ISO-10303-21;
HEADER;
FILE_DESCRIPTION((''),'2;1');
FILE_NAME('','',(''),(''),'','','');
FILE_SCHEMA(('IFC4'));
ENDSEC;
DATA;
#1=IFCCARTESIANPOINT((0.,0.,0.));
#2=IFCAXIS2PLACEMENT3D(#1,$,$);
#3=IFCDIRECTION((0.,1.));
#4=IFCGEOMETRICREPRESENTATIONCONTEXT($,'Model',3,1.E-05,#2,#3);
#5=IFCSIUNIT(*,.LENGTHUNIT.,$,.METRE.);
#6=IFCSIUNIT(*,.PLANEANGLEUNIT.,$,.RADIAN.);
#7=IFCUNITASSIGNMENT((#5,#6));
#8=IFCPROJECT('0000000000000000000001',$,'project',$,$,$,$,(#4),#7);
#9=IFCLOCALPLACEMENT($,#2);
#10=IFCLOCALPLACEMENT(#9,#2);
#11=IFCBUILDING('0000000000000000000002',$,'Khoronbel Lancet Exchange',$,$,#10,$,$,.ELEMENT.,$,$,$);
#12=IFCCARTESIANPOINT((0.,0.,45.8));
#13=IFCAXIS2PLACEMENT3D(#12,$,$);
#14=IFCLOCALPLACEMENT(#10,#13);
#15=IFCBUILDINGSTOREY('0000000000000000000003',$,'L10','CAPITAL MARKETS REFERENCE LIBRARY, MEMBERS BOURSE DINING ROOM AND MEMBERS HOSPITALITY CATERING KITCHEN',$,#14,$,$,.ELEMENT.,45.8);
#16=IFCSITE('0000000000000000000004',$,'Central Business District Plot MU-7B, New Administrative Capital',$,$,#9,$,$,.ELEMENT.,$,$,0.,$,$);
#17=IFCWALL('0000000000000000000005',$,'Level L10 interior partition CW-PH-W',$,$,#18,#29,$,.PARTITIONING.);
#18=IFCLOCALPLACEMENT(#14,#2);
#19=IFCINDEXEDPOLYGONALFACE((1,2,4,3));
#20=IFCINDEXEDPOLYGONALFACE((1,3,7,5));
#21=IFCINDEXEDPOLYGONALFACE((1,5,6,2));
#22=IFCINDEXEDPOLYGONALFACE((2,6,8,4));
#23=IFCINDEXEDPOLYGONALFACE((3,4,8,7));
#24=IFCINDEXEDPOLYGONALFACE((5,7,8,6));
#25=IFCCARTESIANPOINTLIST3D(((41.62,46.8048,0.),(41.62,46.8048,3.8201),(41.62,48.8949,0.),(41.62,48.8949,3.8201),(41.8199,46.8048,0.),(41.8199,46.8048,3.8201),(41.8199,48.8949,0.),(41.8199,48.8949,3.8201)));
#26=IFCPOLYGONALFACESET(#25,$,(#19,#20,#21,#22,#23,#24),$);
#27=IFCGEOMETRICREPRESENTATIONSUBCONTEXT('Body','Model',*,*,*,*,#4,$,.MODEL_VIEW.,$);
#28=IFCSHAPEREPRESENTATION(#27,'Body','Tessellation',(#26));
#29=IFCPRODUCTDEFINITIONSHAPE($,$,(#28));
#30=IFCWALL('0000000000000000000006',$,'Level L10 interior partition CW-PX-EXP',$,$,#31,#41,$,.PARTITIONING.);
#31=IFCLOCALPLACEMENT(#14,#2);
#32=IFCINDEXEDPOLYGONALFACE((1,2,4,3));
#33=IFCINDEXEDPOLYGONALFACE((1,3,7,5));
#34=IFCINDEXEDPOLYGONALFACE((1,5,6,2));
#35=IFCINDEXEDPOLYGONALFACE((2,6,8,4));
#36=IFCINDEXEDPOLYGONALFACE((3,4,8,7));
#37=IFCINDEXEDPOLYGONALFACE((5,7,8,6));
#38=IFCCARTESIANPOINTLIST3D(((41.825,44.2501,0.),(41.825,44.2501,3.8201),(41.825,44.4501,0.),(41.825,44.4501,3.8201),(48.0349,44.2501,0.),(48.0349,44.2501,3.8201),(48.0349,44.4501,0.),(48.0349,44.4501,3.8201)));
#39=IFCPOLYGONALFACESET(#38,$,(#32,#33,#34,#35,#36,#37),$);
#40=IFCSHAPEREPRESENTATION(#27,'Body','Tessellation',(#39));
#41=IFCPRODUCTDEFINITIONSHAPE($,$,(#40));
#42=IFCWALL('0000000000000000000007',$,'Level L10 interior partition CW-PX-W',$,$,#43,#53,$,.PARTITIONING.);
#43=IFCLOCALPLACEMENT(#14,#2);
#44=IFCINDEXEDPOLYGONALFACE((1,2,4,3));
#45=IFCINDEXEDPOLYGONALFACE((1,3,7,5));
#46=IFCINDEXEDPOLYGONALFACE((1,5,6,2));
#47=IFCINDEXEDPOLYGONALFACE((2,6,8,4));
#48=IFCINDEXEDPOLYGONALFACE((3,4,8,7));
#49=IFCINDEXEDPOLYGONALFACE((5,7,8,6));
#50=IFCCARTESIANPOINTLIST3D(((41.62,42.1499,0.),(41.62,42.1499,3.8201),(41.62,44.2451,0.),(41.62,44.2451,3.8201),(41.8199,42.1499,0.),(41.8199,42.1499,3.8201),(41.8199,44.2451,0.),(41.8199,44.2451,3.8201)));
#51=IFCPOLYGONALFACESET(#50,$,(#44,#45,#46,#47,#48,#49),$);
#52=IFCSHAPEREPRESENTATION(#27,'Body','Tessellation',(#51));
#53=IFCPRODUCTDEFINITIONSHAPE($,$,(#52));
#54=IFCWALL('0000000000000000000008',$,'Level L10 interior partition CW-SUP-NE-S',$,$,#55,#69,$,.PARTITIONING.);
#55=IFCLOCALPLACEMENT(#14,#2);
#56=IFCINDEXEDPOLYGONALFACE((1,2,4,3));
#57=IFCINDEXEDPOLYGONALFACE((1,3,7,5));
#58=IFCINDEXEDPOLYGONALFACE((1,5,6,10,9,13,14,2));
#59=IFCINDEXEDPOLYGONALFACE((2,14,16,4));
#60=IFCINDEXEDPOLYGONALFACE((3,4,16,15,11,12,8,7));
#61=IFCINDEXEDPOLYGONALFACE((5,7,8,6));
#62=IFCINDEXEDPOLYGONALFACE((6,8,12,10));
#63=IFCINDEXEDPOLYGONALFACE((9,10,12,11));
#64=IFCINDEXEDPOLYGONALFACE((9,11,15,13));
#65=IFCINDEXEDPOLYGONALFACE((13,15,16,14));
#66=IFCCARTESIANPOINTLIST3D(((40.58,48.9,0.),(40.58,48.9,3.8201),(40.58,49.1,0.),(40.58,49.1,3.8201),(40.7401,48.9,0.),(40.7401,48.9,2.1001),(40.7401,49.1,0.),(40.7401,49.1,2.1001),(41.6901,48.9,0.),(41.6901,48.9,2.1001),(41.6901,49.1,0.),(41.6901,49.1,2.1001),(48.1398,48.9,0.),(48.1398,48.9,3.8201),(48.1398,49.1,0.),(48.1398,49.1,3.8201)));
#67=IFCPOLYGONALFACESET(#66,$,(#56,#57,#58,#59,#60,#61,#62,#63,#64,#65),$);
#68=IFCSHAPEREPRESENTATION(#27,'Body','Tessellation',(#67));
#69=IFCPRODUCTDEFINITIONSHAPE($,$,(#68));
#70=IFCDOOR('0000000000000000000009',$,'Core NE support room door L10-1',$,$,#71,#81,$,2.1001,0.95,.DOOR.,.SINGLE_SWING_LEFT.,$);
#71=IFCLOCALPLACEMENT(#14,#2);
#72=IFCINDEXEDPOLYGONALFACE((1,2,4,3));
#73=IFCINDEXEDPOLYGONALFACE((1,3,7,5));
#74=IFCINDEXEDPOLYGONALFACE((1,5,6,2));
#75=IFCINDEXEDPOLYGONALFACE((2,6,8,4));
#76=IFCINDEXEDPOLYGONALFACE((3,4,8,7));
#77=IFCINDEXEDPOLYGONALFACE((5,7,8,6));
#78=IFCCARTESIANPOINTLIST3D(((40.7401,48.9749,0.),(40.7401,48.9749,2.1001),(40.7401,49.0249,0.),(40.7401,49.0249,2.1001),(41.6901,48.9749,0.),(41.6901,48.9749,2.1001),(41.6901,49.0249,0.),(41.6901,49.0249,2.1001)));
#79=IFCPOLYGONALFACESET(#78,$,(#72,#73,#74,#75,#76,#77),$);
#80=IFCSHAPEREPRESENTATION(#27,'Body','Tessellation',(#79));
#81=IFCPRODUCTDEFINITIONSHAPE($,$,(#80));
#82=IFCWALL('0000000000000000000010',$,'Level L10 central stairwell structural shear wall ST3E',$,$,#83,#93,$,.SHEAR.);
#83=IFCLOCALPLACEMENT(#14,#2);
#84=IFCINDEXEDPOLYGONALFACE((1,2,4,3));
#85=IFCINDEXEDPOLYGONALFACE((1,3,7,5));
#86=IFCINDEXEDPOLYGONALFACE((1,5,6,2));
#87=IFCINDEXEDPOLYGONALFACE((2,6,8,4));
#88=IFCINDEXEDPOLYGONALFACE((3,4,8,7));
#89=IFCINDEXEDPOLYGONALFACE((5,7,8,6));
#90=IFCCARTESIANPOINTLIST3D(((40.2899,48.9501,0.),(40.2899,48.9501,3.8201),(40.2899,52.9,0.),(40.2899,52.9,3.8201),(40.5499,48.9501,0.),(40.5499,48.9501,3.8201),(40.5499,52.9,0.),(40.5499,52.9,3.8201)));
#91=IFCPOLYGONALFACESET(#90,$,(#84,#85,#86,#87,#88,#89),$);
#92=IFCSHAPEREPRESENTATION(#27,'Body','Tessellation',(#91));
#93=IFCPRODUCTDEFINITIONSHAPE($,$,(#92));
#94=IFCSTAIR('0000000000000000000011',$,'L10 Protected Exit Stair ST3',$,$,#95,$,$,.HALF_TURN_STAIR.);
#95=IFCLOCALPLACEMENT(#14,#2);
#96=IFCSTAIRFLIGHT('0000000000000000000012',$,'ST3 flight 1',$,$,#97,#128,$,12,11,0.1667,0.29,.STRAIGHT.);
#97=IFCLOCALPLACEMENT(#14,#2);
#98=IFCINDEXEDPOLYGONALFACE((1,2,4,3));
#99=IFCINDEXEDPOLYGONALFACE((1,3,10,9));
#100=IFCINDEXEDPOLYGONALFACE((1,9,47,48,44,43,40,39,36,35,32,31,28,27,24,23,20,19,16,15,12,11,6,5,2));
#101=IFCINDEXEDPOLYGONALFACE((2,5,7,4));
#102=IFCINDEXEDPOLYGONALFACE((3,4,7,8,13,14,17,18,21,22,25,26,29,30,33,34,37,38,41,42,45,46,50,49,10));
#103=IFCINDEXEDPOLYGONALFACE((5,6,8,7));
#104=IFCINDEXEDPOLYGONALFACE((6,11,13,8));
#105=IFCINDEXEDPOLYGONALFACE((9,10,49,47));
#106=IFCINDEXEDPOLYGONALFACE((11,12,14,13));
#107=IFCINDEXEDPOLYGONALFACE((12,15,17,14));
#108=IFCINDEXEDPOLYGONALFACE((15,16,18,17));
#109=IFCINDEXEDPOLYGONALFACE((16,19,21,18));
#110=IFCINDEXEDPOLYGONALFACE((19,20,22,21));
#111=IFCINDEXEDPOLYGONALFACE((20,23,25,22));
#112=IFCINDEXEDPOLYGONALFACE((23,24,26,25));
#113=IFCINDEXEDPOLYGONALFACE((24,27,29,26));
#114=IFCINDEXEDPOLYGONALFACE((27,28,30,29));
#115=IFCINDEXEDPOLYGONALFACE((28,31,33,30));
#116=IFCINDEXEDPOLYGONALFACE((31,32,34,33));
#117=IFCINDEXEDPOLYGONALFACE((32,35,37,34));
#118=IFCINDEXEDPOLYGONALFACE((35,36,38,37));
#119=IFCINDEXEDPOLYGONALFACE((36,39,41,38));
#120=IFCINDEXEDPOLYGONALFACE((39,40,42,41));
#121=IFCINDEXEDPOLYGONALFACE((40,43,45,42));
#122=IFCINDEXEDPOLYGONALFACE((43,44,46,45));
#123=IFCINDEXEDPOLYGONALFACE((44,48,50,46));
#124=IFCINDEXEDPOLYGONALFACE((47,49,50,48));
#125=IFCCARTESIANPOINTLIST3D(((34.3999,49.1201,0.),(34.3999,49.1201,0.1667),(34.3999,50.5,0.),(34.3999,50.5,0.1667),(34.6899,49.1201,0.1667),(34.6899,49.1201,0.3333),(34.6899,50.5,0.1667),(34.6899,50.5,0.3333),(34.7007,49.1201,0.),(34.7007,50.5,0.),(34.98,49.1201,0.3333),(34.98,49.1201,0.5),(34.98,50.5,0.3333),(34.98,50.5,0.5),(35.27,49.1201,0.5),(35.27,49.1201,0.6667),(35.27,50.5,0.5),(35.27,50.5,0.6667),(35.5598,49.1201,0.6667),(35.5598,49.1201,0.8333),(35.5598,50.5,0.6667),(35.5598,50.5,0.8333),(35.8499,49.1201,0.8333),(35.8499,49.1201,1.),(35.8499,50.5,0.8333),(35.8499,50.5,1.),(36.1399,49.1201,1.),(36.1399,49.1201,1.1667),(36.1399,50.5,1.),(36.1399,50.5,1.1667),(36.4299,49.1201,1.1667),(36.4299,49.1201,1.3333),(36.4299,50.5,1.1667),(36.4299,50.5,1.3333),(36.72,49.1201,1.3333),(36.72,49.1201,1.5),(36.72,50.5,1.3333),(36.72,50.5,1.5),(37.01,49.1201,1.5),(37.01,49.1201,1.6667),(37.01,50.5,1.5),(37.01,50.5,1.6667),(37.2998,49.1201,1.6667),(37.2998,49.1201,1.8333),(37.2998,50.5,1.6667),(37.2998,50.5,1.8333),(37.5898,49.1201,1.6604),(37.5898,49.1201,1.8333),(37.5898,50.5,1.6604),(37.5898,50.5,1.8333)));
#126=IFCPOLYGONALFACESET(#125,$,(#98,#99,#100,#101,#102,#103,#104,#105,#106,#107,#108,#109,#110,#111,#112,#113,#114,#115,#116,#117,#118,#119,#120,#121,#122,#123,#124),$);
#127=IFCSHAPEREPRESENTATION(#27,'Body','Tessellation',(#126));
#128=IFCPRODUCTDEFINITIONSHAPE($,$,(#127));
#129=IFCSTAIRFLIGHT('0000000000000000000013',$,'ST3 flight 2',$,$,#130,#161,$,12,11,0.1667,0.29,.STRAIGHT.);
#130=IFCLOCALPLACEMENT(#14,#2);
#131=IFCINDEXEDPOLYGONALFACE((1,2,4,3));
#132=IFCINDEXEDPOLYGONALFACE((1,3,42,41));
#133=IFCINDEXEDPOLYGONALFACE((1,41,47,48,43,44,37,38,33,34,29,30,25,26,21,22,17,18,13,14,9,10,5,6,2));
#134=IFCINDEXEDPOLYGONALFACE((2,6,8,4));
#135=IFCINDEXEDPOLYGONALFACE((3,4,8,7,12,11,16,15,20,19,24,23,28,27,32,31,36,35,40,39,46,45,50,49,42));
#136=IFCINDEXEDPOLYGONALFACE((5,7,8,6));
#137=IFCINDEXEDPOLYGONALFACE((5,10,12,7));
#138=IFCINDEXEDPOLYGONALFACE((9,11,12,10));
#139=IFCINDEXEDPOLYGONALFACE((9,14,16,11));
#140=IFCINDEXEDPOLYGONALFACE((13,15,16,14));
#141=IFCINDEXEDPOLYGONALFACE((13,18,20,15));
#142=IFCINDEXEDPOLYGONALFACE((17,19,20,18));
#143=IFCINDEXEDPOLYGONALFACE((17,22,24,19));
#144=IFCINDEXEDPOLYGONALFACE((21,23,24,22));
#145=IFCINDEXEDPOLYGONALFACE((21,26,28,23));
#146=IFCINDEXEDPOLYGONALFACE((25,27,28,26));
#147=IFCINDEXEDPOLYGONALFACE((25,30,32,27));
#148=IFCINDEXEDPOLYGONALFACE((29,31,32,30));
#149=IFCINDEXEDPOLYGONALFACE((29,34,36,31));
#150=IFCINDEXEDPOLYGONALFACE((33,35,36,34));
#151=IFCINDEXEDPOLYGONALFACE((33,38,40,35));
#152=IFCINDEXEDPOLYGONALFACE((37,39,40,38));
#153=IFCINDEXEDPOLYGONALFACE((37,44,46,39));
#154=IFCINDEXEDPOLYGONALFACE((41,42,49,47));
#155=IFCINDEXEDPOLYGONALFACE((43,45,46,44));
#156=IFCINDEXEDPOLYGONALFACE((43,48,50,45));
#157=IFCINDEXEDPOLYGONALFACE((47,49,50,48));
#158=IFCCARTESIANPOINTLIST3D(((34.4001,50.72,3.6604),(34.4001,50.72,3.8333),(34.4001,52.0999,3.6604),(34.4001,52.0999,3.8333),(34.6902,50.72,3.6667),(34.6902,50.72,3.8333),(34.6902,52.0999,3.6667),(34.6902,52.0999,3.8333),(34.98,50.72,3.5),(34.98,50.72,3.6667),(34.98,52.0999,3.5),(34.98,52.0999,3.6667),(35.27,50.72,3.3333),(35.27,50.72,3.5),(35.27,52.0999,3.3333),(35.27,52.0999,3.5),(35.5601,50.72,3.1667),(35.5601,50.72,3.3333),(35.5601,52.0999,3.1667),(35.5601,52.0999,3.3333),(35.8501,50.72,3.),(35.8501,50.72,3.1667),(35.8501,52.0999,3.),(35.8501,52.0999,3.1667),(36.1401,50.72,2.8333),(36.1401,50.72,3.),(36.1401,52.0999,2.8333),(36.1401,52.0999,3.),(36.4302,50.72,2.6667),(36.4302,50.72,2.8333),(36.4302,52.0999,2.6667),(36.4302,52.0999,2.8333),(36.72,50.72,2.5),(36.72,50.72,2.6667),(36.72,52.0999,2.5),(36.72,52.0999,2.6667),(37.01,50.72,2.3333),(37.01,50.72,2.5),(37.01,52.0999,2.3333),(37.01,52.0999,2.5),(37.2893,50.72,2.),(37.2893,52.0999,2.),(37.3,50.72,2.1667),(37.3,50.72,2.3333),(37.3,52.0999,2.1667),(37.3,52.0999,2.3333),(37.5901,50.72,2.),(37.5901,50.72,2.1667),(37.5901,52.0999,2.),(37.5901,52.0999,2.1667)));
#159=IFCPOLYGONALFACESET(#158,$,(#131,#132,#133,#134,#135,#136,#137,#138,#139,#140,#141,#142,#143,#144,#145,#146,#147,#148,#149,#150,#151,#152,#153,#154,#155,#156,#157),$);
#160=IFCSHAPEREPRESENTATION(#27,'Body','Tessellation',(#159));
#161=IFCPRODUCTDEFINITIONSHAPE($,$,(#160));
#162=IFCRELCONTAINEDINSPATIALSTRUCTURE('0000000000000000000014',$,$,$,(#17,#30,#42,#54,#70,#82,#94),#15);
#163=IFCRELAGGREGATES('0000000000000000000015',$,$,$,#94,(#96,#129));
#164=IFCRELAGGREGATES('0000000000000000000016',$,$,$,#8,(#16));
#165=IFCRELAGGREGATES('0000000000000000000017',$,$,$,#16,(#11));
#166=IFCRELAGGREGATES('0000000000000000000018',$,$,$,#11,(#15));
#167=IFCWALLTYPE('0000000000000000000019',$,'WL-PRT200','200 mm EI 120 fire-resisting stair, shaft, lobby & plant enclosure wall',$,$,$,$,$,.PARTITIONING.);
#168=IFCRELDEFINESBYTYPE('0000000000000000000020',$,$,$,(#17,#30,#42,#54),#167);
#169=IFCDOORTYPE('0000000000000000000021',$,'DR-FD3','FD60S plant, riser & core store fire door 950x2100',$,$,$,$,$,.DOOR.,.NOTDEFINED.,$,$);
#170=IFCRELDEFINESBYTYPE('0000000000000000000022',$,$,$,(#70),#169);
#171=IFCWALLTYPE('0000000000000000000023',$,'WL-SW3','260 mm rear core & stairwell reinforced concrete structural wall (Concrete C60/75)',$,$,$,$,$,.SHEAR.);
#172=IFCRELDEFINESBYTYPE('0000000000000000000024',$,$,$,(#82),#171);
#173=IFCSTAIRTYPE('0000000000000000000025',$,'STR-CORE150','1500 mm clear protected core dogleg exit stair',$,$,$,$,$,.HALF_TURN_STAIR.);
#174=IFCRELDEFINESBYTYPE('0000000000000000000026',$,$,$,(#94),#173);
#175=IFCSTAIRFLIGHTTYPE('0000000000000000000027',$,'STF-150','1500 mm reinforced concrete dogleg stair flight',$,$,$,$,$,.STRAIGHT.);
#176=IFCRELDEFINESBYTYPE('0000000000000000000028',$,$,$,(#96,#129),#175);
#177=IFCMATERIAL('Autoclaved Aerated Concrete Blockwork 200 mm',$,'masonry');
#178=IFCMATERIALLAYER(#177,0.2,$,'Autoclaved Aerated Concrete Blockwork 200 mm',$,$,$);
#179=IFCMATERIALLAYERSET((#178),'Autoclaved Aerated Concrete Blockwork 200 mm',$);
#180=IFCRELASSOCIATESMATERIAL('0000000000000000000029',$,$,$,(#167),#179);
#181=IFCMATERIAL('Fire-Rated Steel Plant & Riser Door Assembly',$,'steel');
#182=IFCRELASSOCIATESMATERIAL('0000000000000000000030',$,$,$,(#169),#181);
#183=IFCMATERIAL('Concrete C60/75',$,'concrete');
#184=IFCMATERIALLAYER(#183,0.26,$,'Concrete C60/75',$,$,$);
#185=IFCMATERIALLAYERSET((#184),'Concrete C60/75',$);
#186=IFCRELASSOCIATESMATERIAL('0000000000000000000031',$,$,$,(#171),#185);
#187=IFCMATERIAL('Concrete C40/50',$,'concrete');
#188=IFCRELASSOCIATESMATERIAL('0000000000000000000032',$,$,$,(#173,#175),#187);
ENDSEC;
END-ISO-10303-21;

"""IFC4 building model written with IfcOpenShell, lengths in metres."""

from ifc_helpers import new_model, si_unit, direction, frame, frame_2d, origin, place, context, subcontext, project, spatial, polyline, rectangle, outline, extrude, material, layer, layer_set, type_object, element, fill, aggregate, save


model = new_model("IFC4")

# Units and contexts
model_context = context("Model", 3, precision=1e-05, world=origin(), true_north=direction((0.0, 1.0)))
body_context = subcontext(model_context, "Body", "Model", "MODEL_VIEW")
ifc_project = project(units=[si_unit("LENGTHUNIT", "METRE"), si_unit("PLANEANGLEUNIT", "RADIAN")], contexts=[model_context])

# Site, building, storey
site_placement = place(None, origin())
site = spatial("IfcSite", under=ifc_project, at=site_placement, Name="Central Business District Plot MU-7B, New Administrative Capital", CompositionType="ELEMENT", RefElevation=0.0)
building_placement = place(site_placement, origin())
building = spatial("IfcBuilding", under=site, at=building_placement, Name="Khoronbel Lancet Exchange", CompositionType="ELEMENT")
storey_placement = place(building_placement, frame((0.0, 0.0, 45.8)))
storey = spatial("IfcBuildingStorey", under=building, at=storey_placement, Name="L10", Description="CAPITAL MARKETS REFERENCE LIBRARY, MEMBERS BOURSE DINING ROOM AND MEMBERS HOSPITALITY CATERING KITCHEN", CompositionType="ELEMENT", Elevation=45.8)

# Walls
ifc_material_1 = material(Name="Autoclaved Aerated Concrete Blockwork 200 mm", Category="masonry")
ifc_layer_1 = layer(ifc_material_1, 0.2, Name="Autoclaved Aerated Concrete Blockwork 200 mm")
ifc_layer_set_1 = layer_set([ifc_layer_1], Name="Autoclaved Aerated Concrete Blockwork 200 mm")
wall_type_1 = type_object("IfcWallType", Name="WL-PRT200", Description="200 mm EI 120 fire-resisting stair, shaft, lobby & plant enclosure wall", PredefinedType="PARTITIONING", material=ifc_layer_set_1)
wall_1_placement = place(storey_placement, frame((41.72, 46.8049, 0.0), z_axis=(0.0, 0.0, 1.0), x_axis=(0.0, 1.0, 0.0)))
element("IfcWall", 1, at=wall_1_placement, inside=storey, type_object=wall_type_1, Name="Level L10 interior partition CW-PH-W", PredefinedType="PARTITIONING", context=body_context, shape_type="SweptSolid", body=[
    extrude(rectangle(XDim=2.0901, YDim=0.2, at=frame_2d((1.0449, 0.0))), origin(), (0.0, 0.0, 1.0), 3.8201),
])
wall_2_placement = place(storey_placement, frame((41.825, 44.3501, 0.0), z_axis=(0.0, 0.0, 1.0), x_axis=(1.0, 0.0, 0.0)))
element("IfcWall", 2, at=wall_2_placement, inside=storey, type_object=wall_type_1, Name="Level L10 interior partition CW-PX-EXP", PredefinedType="PARTITIONING", context=body_context, shape_type="SweptSolid", body=[
    extrude(rectangle(XDim=6.21, YDim=0.2, at=frame_2d((3.105, 0.0))), origin(), (0.0, 0.0, 1.0), 3.8201),
])
wall_3_placement = place(storey_placement, frame((41.72, 42.1499, 0.0), z_axis=(0.0, 0.0, 1.0), x_axis=(0.0, 1.0, 0.0)))
element("IfcWall", 3, at=wall_3_placement, inside=storey, type_object=wall_type_1, Name="Level L10 interior partition CW-PX-W", PredefinedType="PARTITIONING", context=body_context, shape_type="SweptSolid", body=[
    extrude(rectangle(XDim=2.0952, YDim=0.2, at=frame_2d((1.0476, 0.0))), origin(), (0.0, 0.0, 1.0), 3.8201),
])

# Wall, opening, door
wall_4_placement = place(storey_placement, frame((40.5801, 49.0, 0.0), z_axis=(0.0, 0.0, 1.0), x_axis=(1.0, 0.0, 0.0)))
wall_4 = element("IfcWall", 4, at=wall_4_placement, inside=storey, type_object=wall_type_1, Name="Level L10 interior partition CW-SUP-NE-S", PredefinedType="PARTITIONING", context=body_context, shape_type="SweptSolid", body=[
    extrude(rectangle(XDim=7.5598, YDim=0.2, at=frame_2d((3.7798, 0.0))), origin(), (0.0, 0.0, 1.0), 3.8201),
])
opening_1_placement = place(wall_4_placement, frame((0.1599, 0.0, 0.0)))
opening_1 = element("IfcOpeningElement", 5, at=opening_1_placement, cuts=wall_4, PredefinedType="OPENING", context=body_context, shape_type="SweptSolid", body=[
    extrude(rectangle(XDim=0.95, YDim=2.1001, at=frame_2d((0.4751, 1.05))), frame((0.0, 0.1099, 0.0), z_axis=(0.0, -1.0, 0.0), x_axis=(1.0, 0.0, 0.0)), (0.0, 0.0, 1.0), 0.22),
])
ifc_material_2 = material(Name="Fire-Rated Steel Plant & Riser Door Assembly", Category="steel")
door_type_1 = type_object("IfcDoorType", Name="DR-FD3", Description="FD60S plant, riser & core store fire door 950x2100", OperationType="NOTDEFINED", PredefinedType="DOOR", material=ifc_material_2)
door_1_placement = place(opening_1_placement, origin())
door_1 = element("IfcDoor", 6, at=door_1_placement, inside=storey, type_object=door_type_1, Name="Core NE support room door L10-1", OperationType="SINGLE_SWING_LEFT", OverallHeight=2.1001, OverallWidth=0.95, PredefinedType="DOOR", context=body_context, shape_type="SweptSolid", body=[
    extrude(rectangle(XDim=0.95, YDim=2.1001, at=frame_2d((0.4751, 1.05))), frame((0.0, 0.0249, 0.0), z_axis=(0.0, -1.0, 0.0), x_axis=(1.0, 0.0, 0.0)), (0.0, 0.0, 1.0), 0.05),
])
fill(opening_1, door_1)

# Wall
ifc_material_3 = material(Name="Concrete C60/75", Category="concrete")
ifc_layer_2 = layer(ifc_material_3, 0.26, Name="Concrete C60/75")
ifc_layer_set_2 = layer_set([ifc_layer_2], Name="Concrete C60/75")
wall_type_2 = type_object("IfcWallType", Name="WL-SW3", Description="260 mm rear core & stairwell reinforced concrete structural wall (Concrete C60/75)", PredefinedType="SHEAR", material=ifc_layer_set_2)
wall_5_placement = place(storey_placement, frame((40.4199, 48.95, 0.0), z_axis=(0.0, 0.0, 1.0), x_axis=(0.0, 1.0, 0.0)))
element("IfcWall", 7, at=wall_5_placement, inside=storey, type_object=wall_type_2, Name="Level L10 central stairwell structural shear wall ST3E", PredefinedType="SHEAR", context=body_context, shape_type="SweptSolid", body=[
    extrude(rectangle(XDim=3.95, YDim=0.26, at=frame_2d((1.9751, 0.0))), origin(), (0.0, 0.0, 1.0), 3.8201),
])

# Stair, stair flights
ifc_material_4 = material(Name="Concrete C40/50", Category="concrete")
stair_type = type_object("IfcStairType", Name="STR-CORE150", Description="1500 mm clear protected core dogleg exit stair", PredefinedType="HALF_TURN_STAIR", material=ifc_material_4)
stair_placement = place(storey_placement, origin())
stair = element("IfcStair", 8, at=stair_placement, inside=storey, type_object=stair_type, Name="L10 Protected Exit Stair ST3", PredefinedType="HALF_TURN_STAIR")
stair_flight_type = type_object("IfcStairFlightType", Name="STF-150", Description="1500 mm reinforced concrete dogleg stair flight", PredefinedType="STRAIGHT", material=ifc_material_4)
stair_flight_1_placement = place(storey_placement, frame((34.3999, 49.8101, 0.0), z_axis=(0.0, 0.0, 1.0), x_axis=(1.0, 0.0, 0.0)))
stair_flight_1 = element("IfcStairFlight", 9, at=stair_flight_1_placement, type_object=stair_flight_type, Name="ST3 flight 1", NumberOfRisers=12, NumberOfTreads=11, PredefinedType="STRAIGHT", RiserHeight=0.1667, TreadLength=0.29, context=body_context, shape_type="SweptSolid", body=[
    extrude(outline(polyline([(0.0, 0.0), (0.0, 0.1667), (0.29, 0.1667), (0.29, 0.3333), (0.5801, 0.3333), (0.5801, 0.5), (0.8701, 0.5), (0.8701, 0.6667), (1.1599, 0.6667), (1.1599, 0.8333), (1.45, 0.8333), (1.45, 1.0), (1.74, 1.0), (1.74, 1.1667), (2.03, 1.1667), (2.03, 1.3333), (2.3201, 1.3333), (2.3201, 1.5), (2.6101, 1.5), (2.6101, 1.6667), (2.8999, 1.6667), (2.8999, 1.8333), (3.1899, 1.8333), (3.1899, 2.0), (3.1899, 1.6604), (0.3008, 0.0), (0.0, 0.0)])), frame((0.0, 0.6899, 0.0), z_axis=(0.0, -1.0, 0.0), x_axis=(1.0, 0.0, 0.0)), (0.0, 0.0, 1.0), 1.3799),
])
stair_flight_2_placement = place(storey_placement, frame((37.5901, 51.4099, 2.0), z_axis=(0.0, 0.0, 1.0), x_axis=(-1.0, 0.0, 0.0)))
stair_flight_2 = element("IfcStairFlight", 10, at=stair_flight_2_placement, type_object=stair_flight_type, Name="ST3 flight 2", NumberOfRisers=12, NumberOfTreads=11, PredefinedType="STRAIGHT", RiserHeight=0.1667, TreadLength=0.29, context=body_context, shape_type="SweptSolid", body=[
    extrude(outline(polyline([(0.0, 0.0), (0.0, 0.1667), (0.29, 0.1667), (0.29, 0.3333), (0.5801, 0.3333), (0.5801, 0.5), (0.8701, 0.5), (0.8701, 0.6667), (1.1599, 0.6667), (1.1599, 0.8333), (1.45, 0.8333), (1.45, 1.0), (1.74, 1.0), (1.74, 1.1667), (2.03, 1.1667), (2.03, 1.3333), (2.3201, 1.3333), (2.3201, 1.5), (2.6101, 1.5), (2.6101, 1.6667), (2.8999, 1.6667), (2.8999, 1.8333), (3.1899, 1.8333), (3.1899, 2.0), (3.1899, 1.6604), (0.3008, 0.0), (0.0, 0.0)])), frame((0.0, 0.6899, 0.0), z_axis=(0.0, -1.0, 0.0), x_axis=(1.0, 0.0, 0.0)), (0.0, 0.0, 1.0), 1.3799),
])
aggregate(stair, [stair_flight_1, stair_flight_2])

save(model, "model.ifc")
